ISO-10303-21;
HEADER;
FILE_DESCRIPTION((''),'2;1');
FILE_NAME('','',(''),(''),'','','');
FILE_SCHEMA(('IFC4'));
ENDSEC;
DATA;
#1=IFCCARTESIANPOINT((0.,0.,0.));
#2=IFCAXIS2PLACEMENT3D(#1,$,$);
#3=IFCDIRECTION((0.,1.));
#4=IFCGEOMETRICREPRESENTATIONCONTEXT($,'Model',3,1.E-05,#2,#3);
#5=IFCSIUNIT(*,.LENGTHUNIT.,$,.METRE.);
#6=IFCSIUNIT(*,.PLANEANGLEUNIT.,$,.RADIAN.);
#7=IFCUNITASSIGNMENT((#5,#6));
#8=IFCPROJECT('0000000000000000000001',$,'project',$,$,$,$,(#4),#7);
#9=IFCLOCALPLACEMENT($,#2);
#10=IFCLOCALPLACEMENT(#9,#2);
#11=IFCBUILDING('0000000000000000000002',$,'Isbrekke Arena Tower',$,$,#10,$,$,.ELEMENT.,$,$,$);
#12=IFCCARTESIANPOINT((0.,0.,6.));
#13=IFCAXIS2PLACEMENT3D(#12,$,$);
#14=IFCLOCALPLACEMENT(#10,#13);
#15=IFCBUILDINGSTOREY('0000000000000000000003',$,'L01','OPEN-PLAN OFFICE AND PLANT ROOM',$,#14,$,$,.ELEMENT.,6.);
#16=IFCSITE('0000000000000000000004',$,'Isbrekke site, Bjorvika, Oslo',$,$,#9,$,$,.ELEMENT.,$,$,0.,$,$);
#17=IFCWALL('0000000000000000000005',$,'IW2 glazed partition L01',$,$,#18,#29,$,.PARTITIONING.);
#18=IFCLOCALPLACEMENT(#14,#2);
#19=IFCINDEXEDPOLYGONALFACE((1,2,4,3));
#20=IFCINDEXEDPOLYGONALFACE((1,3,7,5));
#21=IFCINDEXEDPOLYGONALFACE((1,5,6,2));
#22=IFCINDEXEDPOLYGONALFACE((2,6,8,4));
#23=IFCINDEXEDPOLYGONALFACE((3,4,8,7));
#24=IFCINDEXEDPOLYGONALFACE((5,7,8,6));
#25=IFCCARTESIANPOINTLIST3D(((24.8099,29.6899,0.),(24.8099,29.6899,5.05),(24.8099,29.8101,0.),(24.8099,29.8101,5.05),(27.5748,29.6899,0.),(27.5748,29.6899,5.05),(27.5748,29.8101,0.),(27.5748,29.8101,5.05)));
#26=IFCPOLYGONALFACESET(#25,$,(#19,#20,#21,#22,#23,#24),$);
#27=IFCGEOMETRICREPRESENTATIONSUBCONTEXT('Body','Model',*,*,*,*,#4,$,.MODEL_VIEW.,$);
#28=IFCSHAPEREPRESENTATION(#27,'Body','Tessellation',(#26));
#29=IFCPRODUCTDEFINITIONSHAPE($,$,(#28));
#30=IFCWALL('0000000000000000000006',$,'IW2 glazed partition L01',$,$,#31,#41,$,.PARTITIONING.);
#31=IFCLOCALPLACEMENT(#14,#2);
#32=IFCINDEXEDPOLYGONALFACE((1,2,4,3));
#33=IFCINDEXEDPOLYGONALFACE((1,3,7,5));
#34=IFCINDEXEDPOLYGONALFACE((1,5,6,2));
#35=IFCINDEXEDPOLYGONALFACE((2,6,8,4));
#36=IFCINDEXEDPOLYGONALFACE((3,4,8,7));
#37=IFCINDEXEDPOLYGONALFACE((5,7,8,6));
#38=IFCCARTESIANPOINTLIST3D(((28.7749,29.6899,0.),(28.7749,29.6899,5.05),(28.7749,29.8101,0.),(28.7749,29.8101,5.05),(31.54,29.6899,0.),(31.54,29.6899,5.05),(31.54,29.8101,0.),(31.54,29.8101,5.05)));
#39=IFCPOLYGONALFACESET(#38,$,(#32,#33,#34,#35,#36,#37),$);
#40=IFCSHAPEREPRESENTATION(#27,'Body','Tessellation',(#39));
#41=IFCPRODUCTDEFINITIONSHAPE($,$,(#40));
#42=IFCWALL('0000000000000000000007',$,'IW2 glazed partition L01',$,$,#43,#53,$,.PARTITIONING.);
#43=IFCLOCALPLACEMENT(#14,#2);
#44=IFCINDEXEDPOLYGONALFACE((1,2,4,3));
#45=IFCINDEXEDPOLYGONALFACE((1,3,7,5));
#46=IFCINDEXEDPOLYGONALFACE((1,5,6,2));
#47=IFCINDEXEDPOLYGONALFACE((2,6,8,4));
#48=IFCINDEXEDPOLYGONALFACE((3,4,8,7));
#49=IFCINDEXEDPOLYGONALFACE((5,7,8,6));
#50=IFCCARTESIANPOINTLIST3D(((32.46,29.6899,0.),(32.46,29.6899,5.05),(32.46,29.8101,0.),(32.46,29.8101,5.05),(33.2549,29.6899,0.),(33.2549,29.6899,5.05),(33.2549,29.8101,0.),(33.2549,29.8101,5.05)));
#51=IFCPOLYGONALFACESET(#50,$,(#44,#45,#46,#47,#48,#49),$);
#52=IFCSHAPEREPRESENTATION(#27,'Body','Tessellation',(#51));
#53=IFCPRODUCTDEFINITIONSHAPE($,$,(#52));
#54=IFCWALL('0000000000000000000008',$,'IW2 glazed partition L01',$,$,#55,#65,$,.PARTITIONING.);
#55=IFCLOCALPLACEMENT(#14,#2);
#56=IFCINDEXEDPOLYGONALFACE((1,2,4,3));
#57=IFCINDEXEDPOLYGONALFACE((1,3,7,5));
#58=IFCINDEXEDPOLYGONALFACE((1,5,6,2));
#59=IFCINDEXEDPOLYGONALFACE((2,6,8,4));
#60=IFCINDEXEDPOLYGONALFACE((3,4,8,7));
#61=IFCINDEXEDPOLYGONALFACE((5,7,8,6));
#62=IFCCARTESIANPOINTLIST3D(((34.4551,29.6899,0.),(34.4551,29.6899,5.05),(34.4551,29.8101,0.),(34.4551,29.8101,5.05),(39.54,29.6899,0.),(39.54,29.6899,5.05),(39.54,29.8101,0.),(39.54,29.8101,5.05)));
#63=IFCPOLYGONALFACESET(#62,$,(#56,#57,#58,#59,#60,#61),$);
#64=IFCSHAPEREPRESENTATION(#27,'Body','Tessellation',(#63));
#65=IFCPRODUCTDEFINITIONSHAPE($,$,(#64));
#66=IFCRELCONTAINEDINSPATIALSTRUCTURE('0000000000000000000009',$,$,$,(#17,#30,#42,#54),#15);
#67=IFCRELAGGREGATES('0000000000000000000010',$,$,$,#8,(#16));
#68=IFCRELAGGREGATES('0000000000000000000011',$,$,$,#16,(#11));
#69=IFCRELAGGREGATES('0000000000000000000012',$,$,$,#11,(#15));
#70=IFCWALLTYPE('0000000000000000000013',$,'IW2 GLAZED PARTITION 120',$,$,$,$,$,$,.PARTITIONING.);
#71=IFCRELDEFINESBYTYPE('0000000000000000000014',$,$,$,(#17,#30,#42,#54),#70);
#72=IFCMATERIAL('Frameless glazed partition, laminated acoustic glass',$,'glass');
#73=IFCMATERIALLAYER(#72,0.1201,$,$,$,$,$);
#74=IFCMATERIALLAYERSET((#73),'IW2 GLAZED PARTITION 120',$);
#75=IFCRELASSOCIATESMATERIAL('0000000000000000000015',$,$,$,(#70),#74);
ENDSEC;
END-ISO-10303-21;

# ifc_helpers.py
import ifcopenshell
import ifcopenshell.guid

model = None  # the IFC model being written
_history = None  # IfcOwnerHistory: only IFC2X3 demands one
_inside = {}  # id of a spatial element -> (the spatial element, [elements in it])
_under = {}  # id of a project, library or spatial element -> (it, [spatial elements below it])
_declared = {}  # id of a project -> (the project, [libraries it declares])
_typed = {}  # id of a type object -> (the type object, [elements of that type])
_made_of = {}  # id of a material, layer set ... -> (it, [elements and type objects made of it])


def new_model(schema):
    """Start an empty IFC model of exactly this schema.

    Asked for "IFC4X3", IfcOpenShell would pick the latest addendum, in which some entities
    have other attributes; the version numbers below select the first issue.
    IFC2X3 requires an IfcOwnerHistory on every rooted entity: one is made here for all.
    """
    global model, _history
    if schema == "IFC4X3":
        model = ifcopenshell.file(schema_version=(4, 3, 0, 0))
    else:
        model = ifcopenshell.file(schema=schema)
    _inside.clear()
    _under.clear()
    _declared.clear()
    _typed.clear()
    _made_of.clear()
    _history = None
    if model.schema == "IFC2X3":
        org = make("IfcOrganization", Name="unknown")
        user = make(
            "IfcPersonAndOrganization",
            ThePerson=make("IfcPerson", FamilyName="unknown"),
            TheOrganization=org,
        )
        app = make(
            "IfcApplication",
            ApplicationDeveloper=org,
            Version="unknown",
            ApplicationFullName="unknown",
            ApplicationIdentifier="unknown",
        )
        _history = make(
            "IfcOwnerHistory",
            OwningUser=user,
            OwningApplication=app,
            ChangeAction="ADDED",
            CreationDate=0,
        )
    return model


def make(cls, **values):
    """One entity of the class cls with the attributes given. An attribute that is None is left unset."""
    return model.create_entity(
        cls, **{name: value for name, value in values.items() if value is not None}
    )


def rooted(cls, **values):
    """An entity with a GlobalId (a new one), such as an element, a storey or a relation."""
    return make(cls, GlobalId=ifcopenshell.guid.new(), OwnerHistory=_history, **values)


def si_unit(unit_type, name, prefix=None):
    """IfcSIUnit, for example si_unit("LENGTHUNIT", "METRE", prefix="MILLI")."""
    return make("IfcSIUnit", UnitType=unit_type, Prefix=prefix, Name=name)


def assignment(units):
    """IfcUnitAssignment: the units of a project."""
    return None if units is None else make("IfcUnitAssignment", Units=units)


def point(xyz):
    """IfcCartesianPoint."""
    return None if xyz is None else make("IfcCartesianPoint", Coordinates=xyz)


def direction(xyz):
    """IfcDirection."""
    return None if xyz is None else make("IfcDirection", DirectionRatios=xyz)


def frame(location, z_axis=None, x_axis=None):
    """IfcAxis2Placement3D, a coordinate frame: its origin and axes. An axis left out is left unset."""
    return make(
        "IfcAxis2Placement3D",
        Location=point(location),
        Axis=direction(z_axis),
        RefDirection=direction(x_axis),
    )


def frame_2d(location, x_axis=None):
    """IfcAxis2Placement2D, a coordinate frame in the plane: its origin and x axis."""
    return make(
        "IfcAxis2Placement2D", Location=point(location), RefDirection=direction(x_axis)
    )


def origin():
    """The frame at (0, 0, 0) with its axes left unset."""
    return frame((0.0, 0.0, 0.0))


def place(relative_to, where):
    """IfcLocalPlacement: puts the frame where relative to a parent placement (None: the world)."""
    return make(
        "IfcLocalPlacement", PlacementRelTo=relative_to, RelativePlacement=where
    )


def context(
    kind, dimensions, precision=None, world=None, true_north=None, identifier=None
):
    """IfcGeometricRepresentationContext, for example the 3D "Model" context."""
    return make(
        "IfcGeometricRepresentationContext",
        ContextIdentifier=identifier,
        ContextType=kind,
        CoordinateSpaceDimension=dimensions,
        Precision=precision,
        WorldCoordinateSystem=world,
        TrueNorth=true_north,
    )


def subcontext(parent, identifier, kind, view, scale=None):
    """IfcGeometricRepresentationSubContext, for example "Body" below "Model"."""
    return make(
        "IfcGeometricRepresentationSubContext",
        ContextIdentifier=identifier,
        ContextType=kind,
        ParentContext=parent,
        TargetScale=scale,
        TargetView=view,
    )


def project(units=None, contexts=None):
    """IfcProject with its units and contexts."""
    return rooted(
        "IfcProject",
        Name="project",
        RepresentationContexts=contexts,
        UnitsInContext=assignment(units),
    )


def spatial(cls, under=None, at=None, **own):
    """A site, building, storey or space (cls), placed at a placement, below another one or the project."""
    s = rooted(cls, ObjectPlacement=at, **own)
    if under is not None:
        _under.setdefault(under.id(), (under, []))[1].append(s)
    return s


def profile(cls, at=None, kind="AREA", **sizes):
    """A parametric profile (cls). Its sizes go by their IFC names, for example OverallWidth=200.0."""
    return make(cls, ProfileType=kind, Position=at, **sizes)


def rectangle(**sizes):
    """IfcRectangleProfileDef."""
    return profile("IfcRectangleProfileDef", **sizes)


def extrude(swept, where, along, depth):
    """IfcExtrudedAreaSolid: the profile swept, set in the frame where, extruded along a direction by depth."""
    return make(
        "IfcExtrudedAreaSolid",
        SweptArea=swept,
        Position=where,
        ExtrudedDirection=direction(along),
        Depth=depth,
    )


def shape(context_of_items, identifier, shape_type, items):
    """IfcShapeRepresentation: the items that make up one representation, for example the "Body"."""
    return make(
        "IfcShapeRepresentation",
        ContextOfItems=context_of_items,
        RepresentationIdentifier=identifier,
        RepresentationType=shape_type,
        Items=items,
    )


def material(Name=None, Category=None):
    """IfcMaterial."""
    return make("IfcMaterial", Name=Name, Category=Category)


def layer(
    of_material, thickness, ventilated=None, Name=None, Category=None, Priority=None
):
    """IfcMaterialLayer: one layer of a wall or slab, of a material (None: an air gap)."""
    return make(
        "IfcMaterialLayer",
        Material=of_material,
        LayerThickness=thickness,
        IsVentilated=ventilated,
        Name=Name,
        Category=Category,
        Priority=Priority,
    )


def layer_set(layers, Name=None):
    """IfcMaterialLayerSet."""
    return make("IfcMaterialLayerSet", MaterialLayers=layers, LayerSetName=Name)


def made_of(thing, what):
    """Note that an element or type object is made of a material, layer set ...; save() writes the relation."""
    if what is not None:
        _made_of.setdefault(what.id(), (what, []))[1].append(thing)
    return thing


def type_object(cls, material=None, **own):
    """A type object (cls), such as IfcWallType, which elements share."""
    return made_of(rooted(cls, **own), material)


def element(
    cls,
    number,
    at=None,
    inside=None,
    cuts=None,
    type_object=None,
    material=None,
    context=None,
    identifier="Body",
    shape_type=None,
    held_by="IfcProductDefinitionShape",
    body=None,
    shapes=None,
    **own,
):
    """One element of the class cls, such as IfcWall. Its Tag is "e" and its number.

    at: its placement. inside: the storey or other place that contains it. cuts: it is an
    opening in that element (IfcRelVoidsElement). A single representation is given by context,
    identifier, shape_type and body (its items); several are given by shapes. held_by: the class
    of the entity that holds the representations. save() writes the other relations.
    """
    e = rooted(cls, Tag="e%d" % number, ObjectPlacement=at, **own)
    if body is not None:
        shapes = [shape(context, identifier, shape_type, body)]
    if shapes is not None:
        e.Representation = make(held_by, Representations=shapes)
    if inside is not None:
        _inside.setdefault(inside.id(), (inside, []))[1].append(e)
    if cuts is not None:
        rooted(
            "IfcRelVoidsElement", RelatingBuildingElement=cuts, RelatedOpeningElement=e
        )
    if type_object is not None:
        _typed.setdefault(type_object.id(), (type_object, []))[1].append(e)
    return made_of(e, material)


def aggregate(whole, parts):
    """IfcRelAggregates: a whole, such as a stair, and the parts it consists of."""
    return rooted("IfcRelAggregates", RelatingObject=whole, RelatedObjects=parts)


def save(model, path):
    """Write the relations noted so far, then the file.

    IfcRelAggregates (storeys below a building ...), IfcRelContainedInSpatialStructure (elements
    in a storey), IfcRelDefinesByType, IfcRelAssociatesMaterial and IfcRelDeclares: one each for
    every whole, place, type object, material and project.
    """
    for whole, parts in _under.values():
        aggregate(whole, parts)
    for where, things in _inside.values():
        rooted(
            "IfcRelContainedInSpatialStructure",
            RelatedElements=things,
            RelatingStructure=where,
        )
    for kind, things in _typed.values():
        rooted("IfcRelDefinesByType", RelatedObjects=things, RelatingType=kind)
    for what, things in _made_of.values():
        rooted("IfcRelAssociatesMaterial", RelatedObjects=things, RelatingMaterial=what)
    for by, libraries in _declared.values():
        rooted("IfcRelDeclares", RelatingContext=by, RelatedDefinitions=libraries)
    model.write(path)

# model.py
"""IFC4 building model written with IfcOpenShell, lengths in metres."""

from ifc_helpers import new_model, si_unit, direction, frame, frame_2d, origin, place, context, subcontext, project, spatial, rectangle, extrude, material, layer, layer_set, type_object, element, save


model = new_model("IFC4")

# Units and contexts
model_context = context("Model", 3, precision=1e-05, world=origin(), true_north=direction((0.0, 1.0)))
body_context = subcontext(model_context, "Body", "Model", "MODEL_VIEW")
ifc_project = project(units=[si_unit("LENGTHUNIT", "METRE"), si_unit("PLANEANGLEUNIT", "RADIAN")], contexts=[model_context])

# Site, building, storey
site_placement = place(None, origin())
site = spatial("IfcSite", under=ifc_project, at=site_placement, Name="Isbrekke site, Bjorvika, Oslo", CompositionType="ELEMENT", RefElevation=0.0)
building_placement = place(site_placement, origin())
building = spatial("IfcBuilding", under=site, at=building_placement, Name="Isbrekke Arena Tower", CompositionType="ELEMENT")
storey_placement = place(building_placement, frame((0.0, 0.0, 6.0)))
storey = spatial("IfcBuildingStorey", under=building, at=storey_placement, Name="L01", Description="OPEN-PLAN OFFICE AND PLANT ROOM", CompositionType="ELEMENT", Elevation=6.0)

# Walls
ifc_material_1 = material(Name="Frameless glazed partition, laminated acoustic glass", Category="glass")
ifc_layer = layer(ifc_material_1, 0.1201)
ifc_layer_set = layer_set([ifc_layer], Name="IW2 GLAZED PARTITION 120")
wall_type = type_object("IfcWallType", Name="IW2 GLAZED PARTITION 120", PredefinedType="PARTITIONING", material=ifc_layer_set)
wall_1_placement = place(storey_placement, frame((24.8101, 29.75, 0.0), z_axis=(0.0, 0.0, 1.0), x_axis=(1.0, 0.0, 0.0)))
element("IfcWall", 1, at=wall_1_placement, inside=storey, type_object=wall_type, Name="IW2 glazed partition L01", PredefinedType="PARTITIONING", context=body_context, shape_type="SweptSolid", body=[
    extrude(rectangle(XDim=2.7649, YDim=0.1201, at=frame_2d((1.3823, 0.0))), origin(), (0.0, 0.0, 1.0), 5.05),
])
wall_2_placement = place(storey_placement, frame((28.7749, 29.75, 0.0), z_axis=(0.0, 0.0, 1.0), x_axis=(1.0, 0.0, 0.0)))
element("IfcWall", 2, at=wall_2_placement, inside=storey, type_object=wall_type, Name="IW2 glazed partition L01", PredefinedType="PARTITIONING", context=body_context, shape_type="SweptSolid", body=[
    extrude(rectangle(XDim=2.7651, YDim=0.1201, at=frame_2d((1.3826, 0.0))), origin(), (0.0, 0.0, 1.0), 5.05),
])
wall_3_placement = place(storey_placement, frame((32.46, 29.75, 0.0), z_axis=(0.0, 0.0, 1.0), x_axis=(1.0, 0.0, 0.0)))
element("IfcWall", 3, at=wall_3_placement, inside=storey, type_object=wall_type, Name="IW2 glazed partition L01", PredefinedType="PARTITIONING", context=body_context, shape_type="SweptSolid", body=[
    extrude(rectangle(XDim=0.7949, YDim=0.1201, at=frame_2d((0.3975, 0.0))), origin(), (0.0, 0.0, 1.0), 5.05),
])
wall_4_placement = place(storey_placement, frame((34.4551, 29.75, 0.0), z_axis=(0.0, 0.0, 1.0), x_axis=(1.0, 0.0, 0.0)))
element("IfcWall", 4, at=wall_4_placement, inside=storey, type_object=wall_type, Name="IW2 glazed partition L01", PredefinedType="PARTITIONING", context=body_context, shape_type="SweptSolid", body=[
    extrude(rectangle(XDim=5.085, YDim=0.1201, at=frame_2d((2.5425, 0.0))), origin(), (0.0, 0.0, 1.0), 5.05),
])

save(model, "model.ifc")
